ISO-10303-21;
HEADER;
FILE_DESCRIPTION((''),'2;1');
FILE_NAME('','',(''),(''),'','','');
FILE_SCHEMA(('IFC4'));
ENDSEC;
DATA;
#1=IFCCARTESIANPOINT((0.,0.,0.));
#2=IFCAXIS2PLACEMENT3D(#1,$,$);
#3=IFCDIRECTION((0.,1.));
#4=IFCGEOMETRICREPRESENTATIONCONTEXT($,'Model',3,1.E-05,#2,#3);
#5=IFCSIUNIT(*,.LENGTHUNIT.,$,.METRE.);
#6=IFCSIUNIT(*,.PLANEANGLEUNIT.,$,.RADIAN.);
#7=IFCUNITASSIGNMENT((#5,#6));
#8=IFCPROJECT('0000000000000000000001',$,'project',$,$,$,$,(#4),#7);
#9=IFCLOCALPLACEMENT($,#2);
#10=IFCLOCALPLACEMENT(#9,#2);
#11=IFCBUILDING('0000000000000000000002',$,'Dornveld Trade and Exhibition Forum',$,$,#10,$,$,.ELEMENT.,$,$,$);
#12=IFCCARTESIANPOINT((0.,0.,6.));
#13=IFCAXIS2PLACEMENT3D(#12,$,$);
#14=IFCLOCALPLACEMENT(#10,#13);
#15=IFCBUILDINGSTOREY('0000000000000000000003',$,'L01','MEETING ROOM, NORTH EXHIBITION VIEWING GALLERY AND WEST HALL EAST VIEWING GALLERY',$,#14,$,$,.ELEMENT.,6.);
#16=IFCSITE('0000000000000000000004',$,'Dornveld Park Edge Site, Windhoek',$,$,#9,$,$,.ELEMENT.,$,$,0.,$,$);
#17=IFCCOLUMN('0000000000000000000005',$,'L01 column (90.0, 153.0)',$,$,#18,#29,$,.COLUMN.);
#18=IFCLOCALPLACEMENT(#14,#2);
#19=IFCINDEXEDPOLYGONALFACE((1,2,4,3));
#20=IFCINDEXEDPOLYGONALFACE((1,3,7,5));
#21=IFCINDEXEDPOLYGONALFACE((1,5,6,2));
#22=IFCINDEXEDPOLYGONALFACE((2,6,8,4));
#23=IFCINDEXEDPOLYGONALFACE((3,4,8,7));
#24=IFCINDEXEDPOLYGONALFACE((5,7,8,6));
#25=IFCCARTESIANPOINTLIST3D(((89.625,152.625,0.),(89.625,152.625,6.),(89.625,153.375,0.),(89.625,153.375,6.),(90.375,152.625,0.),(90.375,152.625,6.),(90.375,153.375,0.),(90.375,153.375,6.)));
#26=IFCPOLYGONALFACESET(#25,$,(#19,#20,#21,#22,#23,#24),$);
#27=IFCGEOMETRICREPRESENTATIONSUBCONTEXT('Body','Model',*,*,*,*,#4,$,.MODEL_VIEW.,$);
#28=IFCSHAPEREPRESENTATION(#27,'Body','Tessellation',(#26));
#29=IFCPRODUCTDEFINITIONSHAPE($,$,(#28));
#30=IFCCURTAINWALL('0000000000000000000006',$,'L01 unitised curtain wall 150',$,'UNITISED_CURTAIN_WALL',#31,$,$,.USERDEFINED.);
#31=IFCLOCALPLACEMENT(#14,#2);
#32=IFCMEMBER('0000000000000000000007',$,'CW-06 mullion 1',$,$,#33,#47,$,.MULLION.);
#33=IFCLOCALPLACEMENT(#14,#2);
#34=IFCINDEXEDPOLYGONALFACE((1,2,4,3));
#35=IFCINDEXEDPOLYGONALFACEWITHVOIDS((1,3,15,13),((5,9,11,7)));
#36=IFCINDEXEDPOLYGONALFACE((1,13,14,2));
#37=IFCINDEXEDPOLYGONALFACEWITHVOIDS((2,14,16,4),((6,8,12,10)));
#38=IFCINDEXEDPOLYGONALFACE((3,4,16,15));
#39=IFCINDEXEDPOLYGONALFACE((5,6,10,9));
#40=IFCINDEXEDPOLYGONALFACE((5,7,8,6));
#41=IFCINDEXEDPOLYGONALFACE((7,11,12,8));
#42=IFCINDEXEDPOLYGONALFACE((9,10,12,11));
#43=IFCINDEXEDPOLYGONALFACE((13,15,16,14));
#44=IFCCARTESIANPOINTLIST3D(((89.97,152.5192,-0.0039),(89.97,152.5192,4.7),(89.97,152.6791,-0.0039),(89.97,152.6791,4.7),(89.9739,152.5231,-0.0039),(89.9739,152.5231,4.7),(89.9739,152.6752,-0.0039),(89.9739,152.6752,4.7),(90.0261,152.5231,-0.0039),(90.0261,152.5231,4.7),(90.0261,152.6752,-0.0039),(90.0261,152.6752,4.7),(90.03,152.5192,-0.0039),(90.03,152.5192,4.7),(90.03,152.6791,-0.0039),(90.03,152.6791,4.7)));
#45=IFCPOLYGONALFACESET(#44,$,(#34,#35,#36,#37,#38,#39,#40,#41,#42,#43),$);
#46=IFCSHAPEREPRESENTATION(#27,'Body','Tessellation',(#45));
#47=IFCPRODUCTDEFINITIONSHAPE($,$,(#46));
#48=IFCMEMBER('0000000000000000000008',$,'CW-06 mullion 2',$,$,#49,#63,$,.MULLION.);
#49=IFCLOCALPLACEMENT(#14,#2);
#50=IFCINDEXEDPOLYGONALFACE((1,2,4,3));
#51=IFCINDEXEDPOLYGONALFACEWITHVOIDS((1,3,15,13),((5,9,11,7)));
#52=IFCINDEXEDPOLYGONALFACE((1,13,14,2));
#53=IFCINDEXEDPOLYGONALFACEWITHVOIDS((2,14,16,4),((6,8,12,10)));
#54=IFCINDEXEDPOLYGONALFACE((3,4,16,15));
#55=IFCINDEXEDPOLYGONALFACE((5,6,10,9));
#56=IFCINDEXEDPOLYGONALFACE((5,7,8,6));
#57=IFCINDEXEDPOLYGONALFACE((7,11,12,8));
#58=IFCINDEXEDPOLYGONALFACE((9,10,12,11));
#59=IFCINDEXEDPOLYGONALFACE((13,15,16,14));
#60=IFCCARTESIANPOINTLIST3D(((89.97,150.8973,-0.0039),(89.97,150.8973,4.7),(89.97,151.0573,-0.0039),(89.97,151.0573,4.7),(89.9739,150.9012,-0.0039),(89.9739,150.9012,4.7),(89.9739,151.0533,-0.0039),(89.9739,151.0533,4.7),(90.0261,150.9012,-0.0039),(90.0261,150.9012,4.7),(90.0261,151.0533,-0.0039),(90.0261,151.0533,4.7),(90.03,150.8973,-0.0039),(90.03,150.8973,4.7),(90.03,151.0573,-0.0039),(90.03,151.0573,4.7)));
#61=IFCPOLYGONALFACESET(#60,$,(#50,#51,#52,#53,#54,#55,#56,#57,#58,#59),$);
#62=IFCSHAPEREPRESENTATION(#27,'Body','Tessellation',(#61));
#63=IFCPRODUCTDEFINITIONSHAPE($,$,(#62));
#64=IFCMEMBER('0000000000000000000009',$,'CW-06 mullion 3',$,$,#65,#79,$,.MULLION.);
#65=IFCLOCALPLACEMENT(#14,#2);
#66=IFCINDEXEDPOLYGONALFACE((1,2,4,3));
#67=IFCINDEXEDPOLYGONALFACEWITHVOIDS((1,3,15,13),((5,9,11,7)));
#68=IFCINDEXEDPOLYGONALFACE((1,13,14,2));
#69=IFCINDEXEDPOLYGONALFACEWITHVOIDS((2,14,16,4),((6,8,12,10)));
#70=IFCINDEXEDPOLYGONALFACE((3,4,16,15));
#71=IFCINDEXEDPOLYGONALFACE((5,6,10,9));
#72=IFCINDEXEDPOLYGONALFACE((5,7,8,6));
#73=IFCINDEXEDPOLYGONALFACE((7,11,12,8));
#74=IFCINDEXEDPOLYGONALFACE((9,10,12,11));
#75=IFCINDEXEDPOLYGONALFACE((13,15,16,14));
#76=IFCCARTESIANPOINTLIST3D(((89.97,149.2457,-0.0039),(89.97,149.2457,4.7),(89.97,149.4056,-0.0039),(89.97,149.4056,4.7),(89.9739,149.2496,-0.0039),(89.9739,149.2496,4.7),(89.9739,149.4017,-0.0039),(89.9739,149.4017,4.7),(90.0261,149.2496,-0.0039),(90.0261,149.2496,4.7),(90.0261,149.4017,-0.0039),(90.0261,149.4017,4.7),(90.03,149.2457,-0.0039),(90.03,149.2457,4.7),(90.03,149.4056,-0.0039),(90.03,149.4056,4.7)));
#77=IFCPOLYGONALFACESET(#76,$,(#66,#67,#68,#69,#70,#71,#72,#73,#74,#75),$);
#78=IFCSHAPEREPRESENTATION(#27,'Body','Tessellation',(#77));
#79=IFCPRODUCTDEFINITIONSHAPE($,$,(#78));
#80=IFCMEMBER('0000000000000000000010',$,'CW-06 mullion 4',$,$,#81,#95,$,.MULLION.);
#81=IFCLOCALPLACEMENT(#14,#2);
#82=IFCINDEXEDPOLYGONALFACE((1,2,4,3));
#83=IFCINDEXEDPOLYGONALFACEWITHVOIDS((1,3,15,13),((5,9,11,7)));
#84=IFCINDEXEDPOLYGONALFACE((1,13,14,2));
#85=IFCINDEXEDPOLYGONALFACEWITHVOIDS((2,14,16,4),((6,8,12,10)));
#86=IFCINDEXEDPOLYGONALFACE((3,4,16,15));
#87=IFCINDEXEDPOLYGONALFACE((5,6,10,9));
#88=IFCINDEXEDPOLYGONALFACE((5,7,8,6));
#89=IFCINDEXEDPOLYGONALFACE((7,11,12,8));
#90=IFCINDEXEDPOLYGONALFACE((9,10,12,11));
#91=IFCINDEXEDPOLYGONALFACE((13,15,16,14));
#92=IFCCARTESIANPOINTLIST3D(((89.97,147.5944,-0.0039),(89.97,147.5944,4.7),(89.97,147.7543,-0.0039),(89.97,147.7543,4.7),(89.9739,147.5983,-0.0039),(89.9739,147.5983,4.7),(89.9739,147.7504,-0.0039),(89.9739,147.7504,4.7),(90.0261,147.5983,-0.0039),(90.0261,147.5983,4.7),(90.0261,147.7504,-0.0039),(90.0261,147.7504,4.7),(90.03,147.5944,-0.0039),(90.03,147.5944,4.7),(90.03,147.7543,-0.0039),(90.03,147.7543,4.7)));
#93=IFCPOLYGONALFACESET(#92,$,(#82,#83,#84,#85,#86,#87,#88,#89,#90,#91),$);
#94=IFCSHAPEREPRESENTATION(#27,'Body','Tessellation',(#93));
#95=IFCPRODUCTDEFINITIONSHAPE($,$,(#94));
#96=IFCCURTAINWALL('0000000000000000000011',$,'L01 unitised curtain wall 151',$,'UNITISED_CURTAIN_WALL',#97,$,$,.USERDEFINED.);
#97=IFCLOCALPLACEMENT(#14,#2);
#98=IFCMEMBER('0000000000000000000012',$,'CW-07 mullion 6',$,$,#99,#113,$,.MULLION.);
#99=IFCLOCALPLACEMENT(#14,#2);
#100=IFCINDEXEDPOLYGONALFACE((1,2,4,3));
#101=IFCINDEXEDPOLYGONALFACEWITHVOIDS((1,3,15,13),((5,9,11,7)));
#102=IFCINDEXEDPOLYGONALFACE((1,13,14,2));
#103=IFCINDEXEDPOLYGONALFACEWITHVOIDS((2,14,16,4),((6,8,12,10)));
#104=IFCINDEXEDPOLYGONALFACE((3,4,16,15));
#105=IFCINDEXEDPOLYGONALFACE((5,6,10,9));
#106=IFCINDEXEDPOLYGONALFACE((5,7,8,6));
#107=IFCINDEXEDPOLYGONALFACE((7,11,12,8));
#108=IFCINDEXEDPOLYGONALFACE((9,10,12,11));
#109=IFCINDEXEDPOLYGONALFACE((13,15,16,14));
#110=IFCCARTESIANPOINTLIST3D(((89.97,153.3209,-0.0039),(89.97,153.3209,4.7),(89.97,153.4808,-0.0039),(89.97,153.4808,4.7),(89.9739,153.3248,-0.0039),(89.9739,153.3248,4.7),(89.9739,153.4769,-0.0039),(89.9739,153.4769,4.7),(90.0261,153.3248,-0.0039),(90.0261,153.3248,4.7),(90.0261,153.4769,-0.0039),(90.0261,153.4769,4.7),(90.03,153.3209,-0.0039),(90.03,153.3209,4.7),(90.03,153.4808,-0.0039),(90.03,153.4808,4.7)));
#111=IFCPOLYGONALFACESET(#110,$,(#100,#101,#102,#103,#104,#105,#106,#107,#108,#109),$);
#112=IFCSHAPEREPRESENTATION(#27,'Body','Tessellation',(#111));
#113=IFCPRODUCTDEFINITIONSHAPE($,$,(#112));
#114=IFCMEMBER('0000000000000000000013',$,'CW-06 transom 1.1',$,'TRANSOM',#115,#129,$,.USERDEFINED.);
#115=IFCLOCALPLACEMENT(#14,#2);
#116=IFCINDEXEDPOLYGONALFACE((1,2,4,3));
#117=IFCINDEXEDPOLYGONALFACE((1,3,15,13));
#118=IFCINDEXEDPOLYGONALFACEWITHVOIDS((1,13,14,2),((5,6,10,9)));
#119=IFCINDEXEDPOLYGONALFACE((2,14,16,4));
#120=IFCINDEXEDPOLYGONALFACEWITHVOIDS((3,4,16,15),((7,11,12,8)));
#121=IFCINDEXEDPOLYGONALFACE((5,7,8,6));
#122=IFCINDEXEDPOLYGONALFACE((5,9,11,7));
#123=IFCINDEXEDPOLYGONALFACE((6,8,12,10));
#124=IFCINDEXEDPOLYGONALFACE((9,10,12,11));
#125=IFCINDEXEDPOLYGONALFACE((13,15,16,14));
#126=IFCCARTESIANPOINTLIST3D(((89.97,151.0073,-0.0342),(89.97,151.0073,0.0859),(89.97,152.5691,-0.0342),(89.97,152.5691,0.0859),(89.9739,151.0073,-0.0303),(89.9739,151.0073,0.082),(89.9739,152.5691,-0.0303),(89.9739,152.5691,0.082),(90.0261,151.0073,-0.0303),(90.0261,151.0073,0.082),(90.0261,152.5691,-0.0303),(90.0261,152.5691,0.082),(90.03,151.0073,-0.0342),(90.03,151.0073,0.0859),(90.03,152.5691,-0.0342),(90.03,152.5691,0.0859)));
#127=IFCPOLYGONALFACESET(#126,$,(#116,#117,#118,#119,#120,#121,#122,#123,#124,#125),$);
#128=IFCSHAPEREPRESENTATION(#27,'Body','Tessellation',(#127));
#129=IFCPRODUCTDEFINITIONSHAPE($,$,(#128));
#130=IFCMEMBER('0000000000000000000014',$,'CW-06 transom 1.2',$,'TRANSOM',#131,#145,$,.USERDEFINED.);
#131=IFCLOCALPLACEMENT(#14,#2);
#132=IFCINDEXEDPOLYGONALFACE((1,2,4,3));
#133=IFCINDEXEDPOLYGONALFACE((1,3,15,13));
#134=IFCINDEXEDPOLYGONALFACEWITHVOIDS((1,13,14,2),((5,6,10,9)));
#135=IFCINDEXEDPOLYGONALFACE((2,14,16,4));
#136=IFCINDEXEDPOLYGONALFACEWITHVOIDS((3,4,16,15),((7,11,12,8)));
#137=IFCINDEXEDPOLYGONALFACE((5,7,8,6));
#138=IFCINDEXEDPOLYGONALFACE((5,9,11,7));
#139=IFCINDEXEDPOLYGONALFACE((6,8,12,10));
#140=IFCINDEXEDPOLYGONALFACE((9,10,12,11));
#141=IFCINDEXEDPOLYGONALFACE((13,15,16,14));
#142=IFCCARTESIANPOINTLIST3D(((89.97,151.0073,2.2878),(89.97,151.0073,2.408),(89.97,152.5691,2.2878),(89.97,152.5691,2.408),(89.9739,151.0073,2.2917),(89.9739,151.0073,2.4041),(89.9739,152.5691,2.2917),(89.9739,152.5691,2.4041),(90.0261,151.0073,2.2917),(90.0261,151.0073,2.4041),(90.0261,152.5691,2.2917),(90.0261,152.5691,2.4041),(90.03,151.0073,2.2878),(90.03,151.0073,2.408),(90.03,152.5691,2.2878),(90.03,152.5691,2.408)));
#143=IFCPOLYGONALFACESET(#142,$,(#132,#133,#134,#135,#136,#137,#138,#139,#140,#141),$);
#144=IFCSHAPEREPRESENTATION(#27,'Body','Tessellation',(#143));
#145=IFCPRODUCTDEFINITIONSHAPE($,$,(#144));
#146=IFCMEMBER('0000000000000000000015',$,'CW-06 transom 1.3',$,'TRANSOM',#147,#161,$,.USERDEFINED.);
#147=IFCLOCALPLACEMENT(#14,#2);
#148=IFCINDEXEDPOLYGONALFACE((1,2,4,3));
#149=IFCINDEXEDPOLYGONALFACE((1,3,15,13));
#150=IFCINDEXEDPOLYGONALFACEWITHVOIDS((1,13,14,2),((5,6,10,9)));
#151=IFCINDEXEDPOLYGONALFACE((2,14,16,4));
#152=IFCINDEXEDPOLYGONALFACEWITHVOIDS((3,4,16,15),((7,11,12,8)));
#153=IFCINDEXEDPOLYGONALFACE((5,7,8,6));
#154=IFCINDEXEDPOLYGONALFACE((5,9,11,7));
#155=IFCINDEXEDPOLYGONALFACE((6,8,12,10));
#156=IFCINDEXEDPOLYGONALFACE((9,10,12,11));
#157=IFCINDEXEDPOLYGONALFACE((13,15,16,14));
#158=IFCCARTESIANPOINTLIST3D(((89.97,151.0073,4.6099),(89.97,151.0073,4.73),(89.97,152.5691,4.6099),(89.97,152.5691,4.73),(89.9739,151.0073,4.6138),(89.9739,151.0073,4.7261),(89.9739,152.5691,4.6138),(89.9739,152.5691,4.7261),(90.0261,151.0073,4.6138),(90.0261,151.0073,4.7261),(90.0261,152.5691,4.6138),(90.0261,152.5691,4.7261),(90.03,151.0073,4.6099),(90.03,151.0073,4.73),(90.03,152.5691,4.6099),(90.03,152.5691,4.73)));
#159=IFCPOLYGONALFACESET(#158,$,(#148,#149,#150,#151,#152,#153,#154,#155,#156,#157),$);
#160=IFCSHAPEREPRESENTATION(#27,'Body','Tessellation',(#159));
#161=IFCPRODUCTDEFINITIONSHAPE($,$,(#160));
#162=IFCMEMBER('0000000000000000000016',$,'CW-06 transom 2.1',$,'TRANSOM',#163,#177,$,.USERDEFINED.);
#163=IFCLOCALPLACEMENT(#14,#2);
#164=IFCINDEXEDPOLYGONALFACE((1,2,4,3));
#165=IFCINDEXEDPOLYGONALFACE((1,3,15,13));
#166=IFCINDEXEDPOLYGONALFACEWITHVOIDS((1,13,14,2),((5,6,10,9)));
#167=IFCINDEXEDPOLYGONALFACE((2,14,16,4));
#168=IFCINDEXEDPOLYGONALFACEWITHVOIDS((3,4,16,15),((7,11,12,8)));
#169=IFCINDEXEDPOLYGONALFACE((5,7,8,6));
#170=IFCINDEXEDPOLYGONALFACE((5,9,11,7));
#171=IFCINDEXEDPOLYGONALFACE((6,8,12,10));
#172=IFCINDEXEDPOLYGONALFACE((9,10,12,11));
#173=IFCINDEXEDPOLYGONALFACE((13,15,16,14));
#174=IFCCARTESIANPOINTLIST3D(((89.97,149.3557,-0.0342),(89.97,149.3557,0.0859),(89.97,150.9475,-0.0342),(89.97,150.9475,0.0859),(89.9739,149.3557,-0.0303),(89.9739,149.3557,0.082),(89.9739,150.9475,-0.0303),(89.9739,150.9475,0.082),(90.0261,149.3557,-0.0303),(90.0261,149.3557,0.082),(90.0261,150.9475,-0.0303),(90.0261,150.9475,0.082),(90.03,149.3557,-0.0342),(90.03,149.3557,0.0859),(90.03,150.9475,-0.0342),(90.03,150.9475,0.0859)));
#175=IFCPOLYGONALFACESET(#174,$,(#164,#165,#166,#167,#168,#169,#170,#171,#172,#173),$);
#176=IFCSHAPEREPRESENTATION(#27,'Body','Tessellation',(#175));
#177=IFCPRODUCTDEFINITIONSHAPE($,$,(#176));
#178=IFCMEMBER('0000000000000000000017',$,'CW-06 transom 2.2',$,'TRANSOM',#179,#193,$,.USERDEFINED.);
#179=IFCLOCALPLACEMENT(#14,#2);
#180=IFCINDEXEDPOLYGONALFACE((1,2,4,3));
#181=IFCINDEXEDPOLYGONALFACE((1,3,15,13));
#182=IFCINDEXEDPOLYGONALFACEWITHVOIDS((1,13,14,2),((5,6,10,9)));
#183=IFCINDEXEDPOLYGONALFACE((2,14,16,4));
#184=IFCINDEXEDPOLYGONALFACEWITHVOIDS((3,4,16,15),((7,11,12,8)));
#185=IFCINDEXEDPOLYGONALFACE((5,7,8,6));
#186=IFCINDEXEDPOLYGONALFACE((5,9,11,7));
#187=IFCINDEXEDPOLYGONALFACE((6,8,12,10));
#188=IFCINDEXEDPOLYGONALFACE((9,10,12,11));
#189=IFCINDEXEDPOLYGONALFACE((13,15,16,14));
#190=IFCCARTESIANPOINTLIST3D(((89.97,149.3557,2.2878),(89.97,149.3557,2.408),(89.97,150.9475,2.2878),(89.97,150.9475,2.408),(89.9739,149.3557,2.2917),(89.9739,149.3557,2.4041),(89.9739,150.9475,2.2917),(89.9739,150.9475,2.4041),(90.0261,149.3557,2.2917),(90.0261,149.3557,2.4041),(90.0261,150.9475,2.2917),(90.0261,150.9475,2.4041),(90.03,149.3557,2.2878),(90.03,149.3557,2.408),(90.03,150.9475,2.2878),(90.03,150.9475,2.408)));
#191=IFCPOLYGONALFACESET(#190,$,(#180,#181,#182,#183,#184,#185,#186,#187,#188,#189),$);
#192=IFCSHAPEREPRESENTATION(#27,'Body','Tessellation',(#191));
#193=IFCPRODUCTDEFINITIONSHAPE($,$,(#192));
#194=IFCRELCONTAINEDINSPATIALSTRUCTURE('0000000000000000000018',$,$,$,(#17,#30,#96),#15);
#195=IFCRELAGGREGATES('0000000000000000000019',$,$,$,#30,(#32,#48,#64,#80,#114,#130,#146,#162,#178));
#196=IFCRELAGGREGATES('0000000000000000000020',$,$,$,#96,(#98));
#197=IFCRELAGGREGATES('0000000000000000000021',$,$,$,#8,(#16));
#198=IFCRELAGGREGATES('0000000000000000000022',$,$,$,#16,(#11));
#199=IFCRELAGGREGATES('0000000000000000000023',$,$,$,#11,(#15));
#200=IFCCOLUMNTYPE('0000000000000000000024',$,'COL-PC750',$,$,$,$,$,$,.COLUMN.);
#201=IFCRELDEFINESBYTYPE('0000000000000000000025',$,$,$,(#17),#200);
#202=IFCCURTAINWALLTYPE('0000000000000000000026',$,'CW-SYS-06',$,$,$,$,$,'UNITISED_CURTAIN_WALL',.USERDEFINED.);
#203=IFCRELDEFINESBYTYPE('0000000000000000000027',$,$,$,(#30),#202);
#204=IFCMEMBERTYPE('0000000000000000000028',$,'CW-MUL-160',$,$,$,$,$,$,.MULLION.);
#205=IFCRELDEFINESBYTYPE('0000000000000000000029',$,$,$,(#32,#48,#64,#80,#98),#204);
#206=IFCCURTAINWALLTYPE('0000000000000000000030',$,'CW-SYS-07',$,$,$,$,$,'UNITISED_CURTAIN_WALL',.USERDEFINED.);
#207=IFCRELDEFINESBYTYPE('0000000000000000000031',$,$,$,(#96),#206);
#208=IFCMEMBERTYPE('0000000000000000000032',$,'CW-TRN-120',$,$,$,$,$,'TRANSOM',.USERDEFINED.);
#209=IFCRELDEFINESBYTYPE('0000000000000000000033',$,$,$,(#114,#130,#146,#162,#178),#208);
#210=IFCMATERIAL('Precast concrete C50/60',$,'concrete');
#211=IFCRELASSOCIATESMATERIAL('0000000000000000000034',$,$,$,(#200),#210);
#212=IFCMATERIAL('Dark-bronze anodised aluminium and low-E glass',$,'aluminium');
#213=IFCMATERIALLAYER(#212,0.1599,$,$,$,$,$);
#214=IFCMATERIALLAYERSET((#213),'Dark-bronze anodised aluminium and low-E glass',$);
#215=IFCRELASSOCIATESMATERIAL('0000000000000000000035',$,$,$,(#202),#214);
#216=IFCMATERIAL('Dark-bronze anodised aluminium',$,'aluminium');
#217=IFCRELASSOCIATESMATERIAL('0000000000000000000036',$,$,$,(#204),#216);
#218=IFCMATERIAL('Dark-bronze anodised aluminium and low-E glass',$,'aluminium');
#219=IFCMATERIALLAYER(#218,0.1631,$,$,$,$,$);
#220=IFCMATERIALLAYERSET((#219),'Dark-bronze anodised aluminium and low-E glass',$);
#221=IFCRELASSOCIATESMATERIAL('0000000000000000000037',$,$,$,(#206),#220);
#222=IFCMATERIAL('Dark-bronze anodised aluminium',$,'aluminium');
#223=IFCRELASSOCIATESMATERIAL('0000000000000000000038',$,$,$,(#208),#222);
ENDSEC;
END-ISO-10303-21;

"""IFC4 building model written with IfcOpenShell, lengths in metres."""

from ifc_helpers import new_model, si_unit, direction, frame, origin, origin_2d, place, context, subcontext, project, spatial, rectangle, hollow_rectangle, extrude, material, layer, layer_set, material_profile, profile_set, type_object, element, aggregate, save


model = new_model("IFC4")

# Units and contexts
model_context = context("Model", 3, precision=1e-05, world=origin(), true_north=direction((0.0, 1.0)))
body_context = subcontext(model_context, "Body", "Model", "MODEL_VIEW")
ifc_project = project(units=[si_unit("LENGTHUNIT", "METRE"), si_unit("PLANEANGLEUNIT", "RADIAN")], contexts=[model_context])

# Site, building, storey
site_placement = place(None, origin())
site = spatial("IfcSite", under=ifc_project, at=site_placement, Name="Dornveld Park Edge Site, Windhoek", CompositionType="ELEMENT", RefElevation=0.0)
building_placement = place(site_placement, origin())
building = spatial("IfcBuilding", under=site, at=building_placement, Name="Dornveld Trade and Exhibition Forum", CompositionType="ELEMENT")
storey_placement = place(building_placement, frame((0.0, 0.0, 6.0)))
storey = spatial("IfcBuildingStorey", under=building, at=storey_placement, Name="L01", Description="MEETING ROOM, NORTH EXHIBITION VIEWING GALLERY AND WEST HALL EAST VIEWING GALLERY", CompositionType="ELEMENT", Elevation=6.0)

# Column
ifc_material_1 = material(Name="Precast concrete C50/60", Category="concrete")
ifc_material_profile_1 = material_profile(ifc_material_1, rectangle(XDim=0.75, YDim=0.75, at=origin_2d()), Name="PC-COL 750x750")
ifc_profile_set_1 = profile_set([ifc_material_profile_1], Name="Precast concrete C50/60")
column_type = type_object("IfcColumnType", Name="COL-PC750", PredefinedType="COLUMN", material=ifc_profile_set_1)
column_placement = place(storey_placement, frame((90.0, 153.0, 0.0), z_axis=(0.0, 0.0, 1.0), x_axis=(1.0, 0.0, 0.0)))
element("IfcColumn", 1, at=column_placement, inside=storey, type_object=column_type, Name="L01 column (90.0, 153.0)", PredefinedType="COLUMN", context=body_context, shape_type="SweptSolid", body=[
    extrude(rectangle(XDim=0.75, YDim=0.75, at=origin_2d()), origin(), (0.0, 0.0, 1.0), 6.0),
])

# Curtain wall, members
ifc_material_2 = material(Name="Dark-bronze anodised aluminium and low-E glass", Category="aluminium")
ifc_layer_1 = layer(ifc_material_2, 0.1599)
ifc_layer_set_1 = layer_set([ifc_layer_1], Name="Dark-bronze anodised aluminium and low-E glass")
curtain_wall_type_1 = type_object("IfcCurtainWallType", Name="CW-SYS-06", ElementType="UNITISED_CURTAIN_WALL", PredefinedType="USERDEFINED", material=ifc_layer_set_1)
curtain_wall_1_placement = place(storey_placement, origin())
curtain_wall_1 = element("IfcCurtainWall", 2, at=curtain_wall_1_placement, inside=storey, type_object=curtain_wall_type_1, Name="L01 unitised curtain wall 150", ObjectType="UNITISED_CURTAIN_WALL", PredefinedType="USERDEFINED")
ifc_material_3 = material(Name="Dark-bronze anodised aluminium", Category="aluminium")
ifc_material_profile_2 = material_profile(ifc_material_3, hollow_rectangle(XDim=0.0601, YDim=0.1599, WallThickness=0.0039, at=origin_2d()), Name="RHS 160x60x4")
ifc_profile_set_2 = profile_set([ifc_material_profile_2], Name="Dark-bronze anodised aluminium")
member_type_1 = type_object("IfcMemberType", Name="CW-MUL-160", PredefinedType="MULLION", material=ifc_profile_set_2)
member_1_placement = place(storey_placement, frame((90.0, 152.5991, -0.0039), z_axis=(0.0, 0.0, 1.0), x_axis=(1.0, 0.0, 0.0)))
member_1 = element("IfcMember", 3, at=member_1_placement, type_object=member_type_1, Name="CW-06 mullion 1", PredefinedType="MULLION", context=body_context, shape_type="SweptSolid", body=[
    extrude(hollow_rectangle(XDim=0.0601, YDim=0.1599, WallThickness=0.0039, at=origin_2d()), origin(), (0.0, 0.0, 1.0), 4.7039),
])
member_2_placement = place(storey_placement, frame((90.0, 150.9773, -0.0039), z_axis=(0.0, 0.0, 1.0), x_axis=(1.0, 0.0, 0.0)))
member_2 = element("IfcMember", 4, at=member_2_placement, type_object=member_type_1, Name="CW-06 mullion 2", PredefinedType="MULLION", context=body_context, shape_type="SweptSolid", body=[
    extrude(hollow_rectangle(XDim=0.0601, YDim=0.1599, WallThickness=0.0039, at=origin_2d()), origin(), (0.0, 0.0, 1.0), 4.7039),
])
member_3_placement = place(storey_placement, frame((90.0, 149.3257, -0.0039), z_axis=(0.0, 0.0, 1.0), x_axis=(1.0, 0.0, 0.0)))
member_3 = element("IfcMember", 5, at=member_3_placement, type_object=member_type_1, Name="CW-06 mullion 3", PredefinedType="MULLION", context=body_context, shape_type="SweptSolid", body=[
    extrude(hollow_rectangle(XDim=0.0601, YDim=0.1599, WallThickness=0.0039, at=origin_2d()), origin(), (0.0, 0.0, 1.0), 4.7039),
])
member_4_placement = place(storey_placement, frame((90.0, 147.6743, -0.0039), z_axis=(0.0, 0.0, 1.0), x_axis=(1.0, 0.0, 0.0)))
member_4 = element("IfcMember", 6, at=member_4_placement, type_object=member_type_1, Name="CW-06 mullion 4", PredefinedType="MULLION", context=body_context, shape_type="SweptSolid", body=[
    extrude(hollow_rectangle(XDim=0.0601, YDim=0.1599, WallThickness=0.0039, at=origin_2d()), origin(), (0.0, 0.0, 1.0), 4.7039),
])

# Curtain wall, member
ifc_material_4 = material(Name="Dark-bronze anodised aluminium and low-E glass", Category="aluminium")
ifc_layer_2 = layer(ifc_material_4, 0.1631)
ifc_layer_set_2 = layer_set([ifc_layer_2], Name="Dark-bronze anodised aluminium and low-E glass")
curtain_wall_type_2 = type_object("IfcCurtainWallType", Name="CW-SYS-07", ElementType="UNITISED_CURTAIN_WALL", PredefinedType="USERDEFINED", material=ifc_layer_set_2)
curtain_wall_2_placement = place(storey_placement, origin())
curtain_wall_2 = element("IfcCurtainWall", 7, at=curtain_wall_2_placement, inside=storey, type_object=curtain_wall_type_2, Name="L01 unitised curtain wall 151", ObjectType="UNITISED_CURTAIN_WALL", PredefinedType="USERDEFINED")
member_5_placement = place(storey_placement, frame((90.0, 153.4009, -0.0039), z_axis=(0.0, 0.0, 1.0), x_axis=(1.0, 0.0, 0.0)))
member_5 = element("IfcMember", 8, at=member_5_placement, type_object=member_type_1, Name="CW-07 mullion 6", PredefinedType="MULLION", context=body_context, shape_type="SweptSolid", body=[
    extrude(hollow_rectangle(XDim=0.0601, YDim=0.1599, WallThickness=0.0039, at=origin_2d()), origin(), (0.0, 0.0, 1.0), 4.7039),
])

# Members
ifc_material_5 = material(Name="Dark-bronze anodised aluminium", Category="aluminium")
ifc_material_profile_3 = material_profile(ifc_material_5, hollow_rectangle(XDim=0.0601, YDim=0.1201, WallThickness=0.0039, at=origin_2d()), Name="RHS 120x60x4")
ifc_profile_set_3 = profile_set([ifc_material_profile_3], Name="Dark-bronze anodised aluminium")
member_type_2 = type_object("IfcMemberType", Name="CW-TRN-120", ElementType="TRANSOM", PredefinedType="USERDEFINED", material=ifc_profile_set_3)
member_6_placement = place(storey_placement, frame((90.0, 152.5691, 0.0259), z_axis=(0.0, -1.0, 0.0), x_axis=(1.0, 0.0, 0.0)))
member_6 = element("IfcMember", 9, at=member_6_placement, type_object=member_type_2, Name="CW-06 transom 1.1", ObjectType="TRANSOM", PredefinedType="USERDEFINED", context=body_context, shape_type="SweptSolid", body=[
    extrude(hollow_rectangle(XDim=0.0601, YDim=0.1201, WallThickness=0.0039, at=origin_2d()), origin(), (0.0, 0.0, 1.0), 1.5618),
])
member_7_placement = place(storey_placement, frame((90.0, 152.5691, 2.3479), z_axis=(0.0, -1.0, 0.0), x_axis=(1.0, 0.0, 0.0)))
member_7 = element("IfcMember", 10, at=member_7_placement, type_object=member_type_2, Name="CW-06 transom 1.2", ObjectType="TRANSOM", PredefinedType="USERDEFINED", context=body_context, shape_type="SweptSolid", body=[
    extrude(hollow_rectangle(XDim=0.0601, YDim=0.1201, WallThickness=0.0039, at=origin_2d()), origin(), (0.0, 0.0, 1.0), 1.5618),
])
member_8_placement = place(storey_placement, frame((90.0, 152.5691, 4.6699), z_axis=(0.0, -1.0, 0.0), x_axis=(1.0, 0.0, 0.0)))
member_8 = element("IfcMember", 11, at=member_8_placement, type_object=member_type_2, Name="CW-06 transom 1.3", ObjectType="TRANSOM", PredefinedType="USERDEFINED", context=body_context, shape_type="SweptSolid", body=[
    extrude(hollow_rectangle(XDim=0.0601, YDim=0.1201, WallThickness=0.0039, at=origin_2d()), origin(), (0.0, 0.0, 1.0), 1.5618),
])
member_9_placement = place(storey_placement, frame((90.0, 150.9475, 0.0259), z_axis=(0.0, -1.0, 0.0), x_axis=(1.0, 0.0, 0.0)))
member_9 = element("IfcMember", 12, at=member_9_placement, type_object=member_type_2, Name="CW-06 transom 2.1", ObjectType="TRANSOM", PredefinedType="USERDEFINED", context=body_context, shape_type="SweptSolid", body=[
    extrude(hollow_rectangle(XDim=0.0601, YDim=0.1201, WallThickness=0.0039, at=origin_2d()), origin(), (0.0, 0.0, 1.0), 1.5918),
])
member_10_placement = place(storey_placement, frame((90.0, 150.9475, 2.3479), z_axis=(0.0, -1.0, 0.0), x_axis=(1.0, 0.0, 0.0)))
member_10 = element("IfcMember", 13, at=member_10_placement, type_object=member_type_2, Name="CW-06 transom 2.2", ObjectType="TRANSOM", PredefinedType="USERDEFINED", context=body_context, shape_type="SweptSolid", body=[
    extrude(hollow_rectangle(XDim=0.0601, YDim=0.1201, WallThickness=0.0039, at=origin_2d()), origin(), (0.0, 0.0, 1.0), 1.5918),
])

aggregate(curtain_wall_1, [member_1, member_2, member_3, member_4, member_6, member_7, member_8, member_9, member_10])
aggregate(curtain_wall_2, [member_5])

save(model, "model.ifc")
